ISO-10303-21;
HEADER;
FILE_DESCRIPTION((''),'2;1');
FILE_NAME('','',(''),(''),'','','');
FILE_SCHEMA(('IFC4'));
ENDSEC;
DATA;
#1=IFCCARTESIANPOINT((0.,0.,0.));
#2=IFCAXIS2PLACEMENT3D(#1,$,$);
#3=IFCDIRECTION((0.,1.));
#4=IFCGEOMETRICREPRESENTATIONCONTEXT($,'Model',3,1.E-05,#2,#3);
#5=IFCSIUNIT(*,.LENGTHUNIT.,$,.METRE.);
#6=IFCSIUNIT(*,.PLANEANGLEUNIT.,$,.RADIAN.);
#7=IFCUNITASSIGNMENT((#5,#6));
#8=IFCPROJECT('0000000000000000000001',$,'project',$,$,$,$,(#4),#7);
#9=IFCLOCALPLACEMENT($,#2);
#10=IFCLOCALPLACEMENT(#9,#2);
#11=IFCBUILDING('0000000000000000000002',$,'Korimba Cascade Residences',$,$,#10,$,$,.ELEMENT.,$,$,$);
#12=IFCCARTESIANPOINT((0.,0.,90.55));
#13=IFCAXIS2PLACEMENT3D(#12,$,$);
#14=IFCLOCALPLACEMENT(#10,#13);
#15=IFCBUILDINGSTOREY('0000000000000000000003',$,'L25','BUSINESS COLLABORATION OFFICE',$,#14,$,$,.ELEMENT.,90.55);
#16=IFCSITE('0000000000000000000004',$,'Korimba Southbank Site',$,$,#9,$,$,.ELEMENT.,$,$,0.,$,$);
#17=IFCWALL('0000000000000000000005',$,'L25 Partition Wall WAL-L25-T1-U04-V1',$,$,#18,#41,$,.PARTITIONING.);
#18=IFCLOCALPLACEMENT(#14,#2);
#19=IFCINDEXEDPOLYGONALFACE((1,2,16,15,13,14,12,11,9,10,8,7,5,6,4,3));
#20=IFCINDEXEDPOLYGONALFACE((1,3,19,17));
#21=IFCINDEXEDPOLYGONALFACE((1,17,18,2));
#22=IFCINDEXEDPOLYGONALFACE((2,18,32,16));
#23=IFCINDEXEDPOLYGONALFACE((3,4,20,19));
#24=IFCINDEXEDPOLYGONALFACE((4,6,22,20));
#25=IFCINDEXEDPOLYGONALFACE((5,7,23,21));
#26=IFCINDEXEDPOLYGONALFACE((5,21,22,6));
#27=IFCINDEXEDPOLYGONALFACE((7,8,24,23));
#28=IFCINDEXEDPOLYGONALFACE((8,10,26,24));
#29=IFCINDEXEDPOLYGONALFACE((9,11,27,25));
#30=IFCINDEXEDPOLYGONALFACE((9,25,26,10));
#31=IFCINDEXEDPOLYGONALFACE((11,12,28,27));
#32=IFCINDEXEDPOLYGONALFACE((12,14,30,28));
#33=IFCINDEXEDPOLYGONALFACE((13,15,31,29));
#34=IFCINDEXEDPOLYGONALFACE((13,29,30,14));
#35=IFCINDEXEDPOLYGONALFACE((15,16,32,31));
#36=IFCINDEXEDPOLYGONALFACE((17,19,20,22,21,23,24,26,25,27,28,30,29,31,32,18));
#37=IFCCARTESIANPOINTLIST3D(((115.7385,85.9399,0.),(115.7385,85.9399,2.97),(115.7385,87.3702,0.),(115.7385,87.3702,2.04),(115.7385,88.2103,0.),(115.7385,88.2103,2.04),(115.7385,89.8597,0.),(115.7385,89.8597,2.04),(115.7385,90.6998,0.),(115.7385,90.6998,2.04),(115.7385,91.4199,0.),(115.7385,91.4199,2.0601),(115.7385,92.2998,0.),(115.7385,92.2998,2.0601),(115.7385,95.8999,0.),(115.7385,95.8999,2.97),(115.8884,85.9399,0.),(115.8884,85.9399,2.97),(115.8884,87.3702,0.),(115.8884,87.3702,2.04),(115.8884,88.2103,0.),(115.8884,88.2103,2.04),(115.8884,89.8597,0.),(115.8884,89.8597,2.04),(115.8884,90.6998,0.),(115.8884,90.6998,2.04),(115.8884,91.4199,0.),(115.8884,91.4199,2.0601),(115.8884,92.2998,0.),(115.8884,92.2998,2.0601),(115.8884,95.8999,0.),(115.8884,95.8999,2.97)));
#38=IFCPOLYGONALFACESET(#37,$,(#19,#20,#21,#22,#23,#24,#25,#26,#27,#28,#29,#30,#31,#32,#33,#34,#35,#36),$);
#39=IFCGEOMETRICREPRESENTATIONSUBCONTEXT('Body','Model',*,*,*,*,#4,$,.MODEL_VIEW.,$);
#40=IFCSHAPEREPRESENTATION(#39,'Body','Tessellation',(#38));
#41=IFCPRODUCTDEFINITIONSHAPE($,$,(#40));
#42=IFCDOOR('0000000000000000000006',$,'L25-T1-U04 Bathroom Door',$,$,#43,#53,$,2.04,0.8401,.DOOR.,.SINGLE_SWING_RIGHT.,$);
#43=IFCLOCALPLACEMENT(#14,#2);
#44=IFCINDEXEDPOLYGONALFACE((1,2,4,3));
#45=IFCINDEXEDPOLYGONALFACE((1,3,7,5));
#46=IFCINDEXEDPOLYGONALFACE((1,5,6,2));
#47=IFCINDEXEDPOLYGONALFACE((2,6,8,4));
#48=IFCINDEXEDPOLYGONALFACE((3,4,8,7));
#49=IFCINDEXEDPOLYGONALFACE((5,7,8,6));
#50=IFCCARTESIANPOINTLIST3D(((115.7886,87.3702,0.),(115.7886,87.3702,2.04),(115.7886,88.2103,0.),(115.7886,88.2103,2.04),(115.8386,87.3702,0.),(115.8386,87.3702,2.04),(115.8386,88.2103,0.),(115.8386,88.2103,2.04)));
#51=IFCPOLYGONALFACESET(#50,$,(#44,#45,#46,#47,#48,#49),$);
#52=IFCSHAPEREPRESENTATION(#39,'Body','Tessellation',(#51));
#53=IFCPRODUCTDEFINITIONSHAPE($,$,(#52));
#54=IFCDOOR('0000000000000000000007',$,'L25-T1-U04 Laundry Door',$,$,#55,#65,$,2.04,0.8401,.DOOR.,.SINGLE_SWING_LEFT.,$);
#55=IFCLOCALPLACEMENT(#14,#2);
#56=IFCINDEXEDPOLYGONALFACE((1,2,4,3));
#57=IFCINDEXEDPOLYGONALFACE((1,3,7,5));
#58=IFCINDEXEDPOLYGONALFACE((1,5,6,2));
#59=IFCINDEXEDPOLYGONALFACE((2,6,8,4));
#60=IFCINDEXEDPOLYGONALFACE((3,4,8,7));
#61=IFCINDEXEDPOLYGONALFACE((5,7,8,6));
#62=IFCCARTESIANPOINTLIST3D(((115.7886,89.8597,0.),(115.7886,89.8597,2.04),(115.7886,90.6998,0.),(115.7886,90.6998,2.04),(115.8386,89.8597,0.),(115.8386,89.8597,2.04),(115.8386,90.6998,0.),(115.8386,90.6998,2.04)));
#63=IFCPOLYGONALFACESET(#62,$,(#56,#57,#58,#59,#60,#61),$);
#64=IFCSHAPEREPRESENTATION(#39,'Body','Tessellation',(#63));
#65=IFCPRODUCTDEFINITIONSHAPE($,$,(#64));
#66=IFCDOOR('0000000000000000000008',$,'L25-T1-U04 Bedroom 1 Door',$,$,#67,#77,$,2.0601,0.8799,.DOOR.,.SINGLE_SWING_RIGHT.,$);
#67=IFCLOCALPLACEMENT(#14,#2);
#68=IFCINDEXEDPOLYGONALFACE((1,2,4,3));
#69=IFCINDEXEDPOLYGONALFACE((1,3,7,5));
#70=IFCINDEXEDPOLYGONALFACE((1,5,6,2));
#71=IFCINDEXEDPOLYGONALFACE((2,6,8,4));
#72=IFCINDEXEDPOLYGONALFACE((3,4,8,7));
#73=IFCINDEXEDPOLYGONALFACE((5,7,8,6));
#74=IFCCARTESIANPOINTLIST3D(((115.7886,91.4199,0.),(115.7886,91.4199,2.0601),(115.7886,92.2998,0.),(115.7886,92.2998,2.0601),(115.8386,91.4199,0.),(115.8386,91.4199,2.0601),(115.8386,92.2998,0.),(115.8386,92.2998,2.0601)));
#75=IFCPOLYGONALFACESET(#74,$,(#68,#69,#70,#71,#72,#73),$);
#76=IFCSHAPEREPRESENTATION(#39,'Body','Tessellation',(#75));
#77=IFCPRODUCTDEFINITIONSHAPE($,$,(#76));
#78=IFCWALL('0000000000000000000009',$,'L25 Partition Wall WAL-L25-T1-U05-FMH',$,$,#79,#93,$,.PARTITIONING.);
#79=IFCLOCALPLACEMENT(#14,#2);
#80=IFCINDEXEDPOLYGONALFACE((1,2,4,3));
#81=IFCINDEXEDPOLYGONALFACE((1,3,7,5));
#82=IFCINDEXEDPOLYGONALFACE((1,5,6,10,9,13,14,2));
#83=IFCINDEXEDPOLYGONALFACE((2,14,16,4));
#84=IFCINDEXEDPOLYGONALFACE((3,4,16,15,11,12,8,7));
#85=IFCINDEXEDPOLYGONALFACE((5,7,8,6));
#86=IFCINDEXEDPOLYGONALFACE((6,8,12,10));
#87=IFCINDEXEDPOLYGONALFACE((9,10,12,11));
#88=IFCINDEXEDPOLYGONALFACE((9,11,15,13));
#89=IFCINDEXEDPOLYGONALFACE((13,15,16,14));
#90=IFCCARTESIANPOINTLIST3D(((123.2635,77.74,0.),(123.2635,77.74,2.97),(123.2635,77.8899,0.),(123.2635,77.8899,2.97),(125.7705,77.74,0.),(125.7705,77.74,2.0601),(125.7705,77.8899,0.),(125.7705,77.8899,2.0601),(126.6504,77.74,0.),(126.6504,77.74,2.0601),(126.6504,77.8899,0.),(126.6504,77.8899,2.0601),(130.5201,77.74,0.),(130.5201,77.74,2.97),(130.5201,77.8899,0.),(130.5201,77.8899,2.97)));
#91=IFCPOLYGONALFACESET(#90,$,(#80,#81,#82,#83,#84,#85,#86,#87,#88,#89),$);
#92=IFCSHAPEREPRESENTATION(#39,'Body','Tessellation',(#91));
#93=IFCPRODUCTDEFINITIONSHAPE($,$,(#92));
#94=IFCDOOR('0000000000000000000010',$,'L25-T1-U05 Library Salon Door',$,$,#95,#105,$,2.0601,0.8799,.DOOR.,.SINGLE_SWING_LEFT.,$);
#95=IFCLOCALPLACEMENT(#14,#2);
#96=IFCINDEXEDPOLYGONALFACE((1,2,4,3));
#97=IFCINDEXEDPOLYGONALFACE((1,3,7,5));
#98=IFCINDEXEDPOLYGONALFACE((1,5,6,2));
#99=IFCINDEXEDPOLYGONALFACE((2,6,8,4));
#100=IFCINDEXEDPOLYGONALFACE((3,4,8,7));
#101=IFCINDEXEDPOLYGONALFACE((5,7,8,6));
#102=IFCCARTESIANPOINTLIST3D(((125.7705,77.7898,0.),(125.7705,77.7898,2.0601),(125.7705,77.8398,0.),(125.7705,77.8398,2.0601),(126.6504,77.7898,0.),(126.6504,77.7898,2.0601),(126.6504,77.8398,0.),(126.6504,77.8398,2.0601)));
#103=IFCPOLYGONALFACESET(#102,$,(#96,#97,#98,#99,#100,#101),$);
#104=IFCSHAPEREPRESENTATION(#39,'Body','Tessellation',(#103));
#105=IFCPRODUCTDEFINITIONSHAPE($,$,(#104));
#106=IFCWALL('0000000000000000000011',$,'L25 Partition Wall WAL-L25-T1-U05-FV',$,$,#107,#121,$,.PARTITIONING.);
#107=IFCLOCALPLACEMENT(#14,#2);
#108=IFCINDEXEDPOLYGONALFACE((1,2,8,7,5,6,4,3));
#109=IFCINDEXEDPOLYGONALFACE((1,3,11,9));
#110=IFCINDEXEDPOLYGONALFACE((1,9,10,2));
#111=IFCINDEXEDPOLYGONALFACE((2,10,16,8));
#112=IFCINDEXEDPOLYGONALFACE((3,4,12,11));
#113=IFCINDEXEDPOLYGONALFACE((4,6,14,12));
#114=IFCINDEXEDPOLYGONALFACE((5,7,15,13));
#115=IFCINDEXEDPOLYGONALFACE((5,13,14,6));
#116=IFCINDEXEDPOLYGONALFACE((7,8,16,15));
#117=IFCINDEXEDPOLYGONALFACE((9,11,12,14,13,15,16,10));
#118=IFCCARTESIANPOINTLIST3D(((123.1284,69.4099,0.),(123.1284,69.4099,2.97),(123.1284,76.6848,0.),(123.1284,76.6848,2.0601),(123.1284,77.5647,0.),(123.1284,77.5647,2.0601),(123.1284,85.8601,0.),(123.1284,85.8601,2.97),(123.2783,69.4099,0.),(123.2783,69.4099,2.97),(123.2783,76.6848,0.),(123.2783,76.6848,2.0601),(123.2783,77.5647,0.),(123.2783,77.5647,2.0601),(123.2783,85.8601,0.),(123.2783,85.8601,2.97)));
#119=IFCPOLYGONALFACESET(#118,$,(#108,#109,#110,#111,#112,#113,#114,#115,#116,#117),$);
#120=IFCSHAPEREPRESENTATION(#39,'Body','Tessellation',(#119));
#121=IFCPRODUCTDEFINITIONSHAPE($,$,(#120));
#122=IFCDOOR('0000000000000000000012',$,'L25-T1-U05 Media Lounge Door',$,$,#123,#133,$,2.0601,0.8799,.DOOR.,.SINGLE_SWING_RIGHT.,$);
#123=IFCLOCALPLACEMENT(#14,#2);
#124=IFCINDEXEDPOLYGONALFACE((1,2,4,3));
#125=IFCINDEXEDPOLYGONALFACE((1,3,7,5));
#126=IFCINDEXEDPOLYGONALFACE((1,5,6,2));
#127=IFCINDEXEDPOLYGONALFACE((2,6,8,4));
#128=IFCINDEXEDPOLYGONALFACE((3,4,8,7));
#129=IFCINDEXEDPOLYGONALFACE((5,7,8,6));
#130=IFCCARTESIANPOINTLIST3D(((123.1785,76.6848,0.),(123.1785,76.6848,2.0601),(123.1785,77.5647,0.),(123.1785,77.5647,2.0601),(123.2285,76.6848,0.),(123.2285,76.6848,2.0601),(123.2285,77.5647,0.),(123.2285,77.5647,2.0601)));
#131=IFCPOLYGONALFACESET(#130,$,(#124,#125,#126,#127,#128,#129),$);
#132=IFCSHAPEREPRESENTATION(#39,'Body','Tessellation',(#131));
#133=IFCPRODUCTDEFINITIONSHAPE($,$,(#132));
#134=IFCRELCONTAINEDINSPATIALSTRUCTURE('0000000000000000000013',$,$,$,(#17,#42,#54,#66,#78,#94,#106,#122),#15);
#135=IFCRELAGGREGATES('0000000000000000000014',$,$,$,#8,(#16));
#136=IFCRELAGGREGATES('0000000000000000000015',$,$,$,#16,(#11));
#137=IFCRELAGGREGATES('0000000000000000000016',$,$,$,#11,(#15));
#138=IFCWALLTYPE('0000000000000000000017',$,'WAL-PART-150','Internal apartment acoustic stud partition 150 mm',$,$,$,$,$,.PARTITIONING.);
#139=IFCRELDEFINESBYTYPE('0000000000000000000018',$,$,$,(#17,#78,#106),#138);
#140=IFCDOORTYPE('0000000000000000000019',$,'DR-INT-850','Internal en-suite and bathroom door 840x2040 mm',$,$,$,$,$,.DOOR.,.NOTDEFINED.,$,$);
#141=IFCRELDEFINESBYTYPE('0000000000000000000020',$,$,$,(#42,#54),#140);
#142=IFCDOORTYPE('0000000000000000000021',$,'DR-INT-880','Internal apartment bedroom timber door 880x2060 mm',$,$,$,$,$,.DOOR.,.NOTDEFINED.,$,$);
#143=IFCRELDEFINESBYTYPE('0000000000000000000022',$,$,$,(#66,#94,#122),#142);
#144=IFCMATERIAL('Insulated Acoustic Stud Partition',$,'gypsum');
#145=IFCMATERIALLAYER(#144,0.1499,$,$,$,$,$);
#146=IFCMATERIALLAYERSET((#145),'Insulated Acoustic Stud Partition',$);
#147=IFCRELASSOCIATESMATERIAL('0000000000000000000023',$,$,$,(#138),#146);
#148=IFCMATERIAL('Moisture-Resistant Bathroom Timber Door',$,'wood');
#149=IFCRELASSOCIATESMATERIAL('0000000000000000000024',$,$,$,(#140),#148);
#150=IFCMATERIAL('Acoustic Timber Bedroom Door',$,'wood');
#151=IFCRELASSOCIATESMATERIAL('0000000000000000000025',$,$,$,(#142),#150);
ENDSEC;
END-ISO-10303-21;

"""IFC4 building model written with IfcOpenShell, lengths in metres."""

from ifc_helpers import new_model, si_unit, direction, frame, frame_2d, origin, place, context, subcontext, project, spatial, rectangle, extrude, material, layer, layer_set, type_object, element, fill, save


model = new_model("IFC4")

# Units and contexts
model_context = context("Model", 3, precision=1e-05, world=origin(), true_north=direction((0.0, 1.0)))
body_context = subcontext(model_context, "Body", "Model", "MODEL_VIEW")
ifc_project = project(units=[si_unit("LENGTHUNIT", "METRE"), si_unit("PLANEANGLEUNIT", "RADIAN")], contexts=[model_context])

# Site, building, storey
site_placement = place(None, origin())
site = spatial("IfcSite", under=ifc_project, at=site_placement, Name="Korimba Southbank Site", CompositionType="ELEMENT", RefElevation=0.0)
building_placement = place(site_placement, origin())
building = spatial("IfcBuilding", under=site, at=building_placement, Name="Korimba Cascade Residences", CompositionType="ELEMENT")
storey_placement = place(building_placement, frame((0.0, 0.0, 90.55)))
storey = spatial("IfcBuildingStorey", under=building, at=storey_placement, Name="L25", Description="BUSINESS COLLABORATION OFFICE", CompositionType="ELEMENT", Elevation=90.55)

# Wall, openings, doors
ifc_material_1 = material(Name="Insulated Acoustic Stud Partition", Category="gypsum")
ifc_layer_1 = layer(ifc_material_1, 0.1499)
ifc_layer_set_1 = layer_set([ifc_layer_1], Name="Insulated Acoustic Stud Partition")
wall_type_1 = type_object("IfcWallType", Name="WAL-PART-150", Description="Internal apartment acoustic stud partition 150 mm", PredefinedType="PARTITIONING", material=ifc_layer_set_1)
wall_1_placement = place(storey_placement, frame((115.8135, 85.9399, 0.0), z_axis=(0.0, 0.0, 1.0), x_axis=(0.0, 1.0, 0.0)))
wall_1 = element("IfcWall", 1, at=wall_1_placement, inside=storey, type_object=wall_type_1, Name="L25 Partition Wall WAL-L25-T1-U04-V1", PredefinedType="PARTITIONING", context=body_context, shape_type="SweptSolid", body=[
    extrude(rectangle(XDim=9.96, YDim=0.1499, at=frame_2d((4.98, 0.0))), origin(), (0.0, 0.0, 1.0), 2.97),
])
opening_1_placement = place(wall_1_placement, frame((1.4304, 0.0, 0.0)))
opening_1 = element("IfcOpeningElement", 2, at=opening_1_placement, cuts=wall_1, PredefinedType="OPENING", context=body_context, shape_type="SweptSolid", body=[
    extrude(rectangle(XDim=0.8401, YDim=2.04, at=frame_2d((0.4199, 1.02))), frame((0.0, 0.085, 0.0), z_axis=(0.0, -1.0, 0.0), x_axis=(1.0, 0.0, 0.0)), (0.0, 0.0, 1.0), 0.1699),
])
opening_2_placement = place(wall_1_placement, frame((3.9199, 0.0, 0.0)))
opening_2 = element("IfcOpeningElement", 3, at=opening_2_placement, cuts=wall_1, PredefinedType="OPENING", context=body_context, shape_type="SweptSolid", body=[
    extrude(rectangle(XDim=0.8401, YDim=2.04, at=frame_2d((0.4199, 1.02))), frame((0.0, 0.085, 0.0), z_axis=(0.0, -1.0, 0.0), x_axis=(1.0, 0.0, 0.0)), (0.0, 0.0, 1.0), 0.1699),
])
opening_3_placement = place(wall_1_placement, frame((5.48, 0.0, 0.0)))
opening_3 = element("IfcOpeningElement", 4, at=opening_3_placement, cuts=wall_1, PredefinedType="OPENING", context=body_context, shape_type="SweptSolid", body=[
    extrude(rectangle(XDim=0.8799, YDim=2.0601, at=frame_2d((0.4399, 1.03))), frame((0.0, 0.085, 0.0), z_axis=(0.0, -1.0, 0.0), x_axis=(1.0, 0.0, 0.0)), (0.0, 0.0, 1.0), 0.1699),
])
ifc_material_2 = material(Name="Moisture-Resistant Bathroom Timber Door", Category="wood")
door_type_1 = type_object("IfcDoorType", Name="DR-INT-850", Description="Internal en-suite and bathroom door 840x2040 mm", OperationType="NOTDEFINED", PredefinedType="DOOR", material=ifc_material_2)
door_1_placement = place(opening_1_placement, origin())
door_1 = element("IfcDoor", 5, at=door_1_placement, inside=storey, type_object=door_type_1, Name="L25-T1-U04 Bathroom Door", OperationType="SINGLE_SWING_RIGHT", OverallHeight=2.04, OverallWidth=0.8401, PredefinedType="DOOR", context=body_context, shape_type="SweptSolid", body=[
    extrude(rectangle(XDim=0.8401, YDim=2.04, at=frame_2d((0.4199, 1.02))), frame((0.0, 0.0249, 0.0), z_axis=(0.0, -1.0, 0.0), x_axis=(1.0, 0.0, 0.0)), (0.0, 0.0, 1.0), 0.05),
])
fill(opening_1, door_1)
door_2_placement = place(opening_2_placement, origin())
door_2 = element("IfcDoor", 6, at=door_2_placement, inside=storey, type_object=door_type_1, Name="L25-T1-U04 Laundry Door", OperationType="SINGLE_SWING_LEFT", OverallHeight=2.04, OverallWidth=0.8401, PredefinedType="DOOR", context=body_context, shape_type="SweptSolid", body=[
    extrude(rectangle(XDim=0.8401, YDim=2.04, at=frame_2d((0.4199, 1.02))), frame((0.0, 0.0249, 0.0), z_axis=(0.0, -1.0, 0.0), x_axis=(1.0, 0.0, 0.0)), (0.0, 0.0, 1.0), 0.05),
])
fill(opening_2, door_2)
ifc_material_3 = material(Name="Acoustic Timber Bedroom Door", Category="wood")
door_type_2 = type_object("IfcDoorType", Name="DR-INT-880", Description="Internal apartment bedroom timber door 880x2060 mm", OperationType="NOTDEFINED", PredefinedType="DOOR", material=ifc_material_3)
door_3_placement = place(opening_3_placement, origin())
door_3 = element("IfcDoor", 7, at=door_3_placement, inside=storey, type_object=door_type_2, Name="L25-T1-U04 Bedroom 1 Door", OperationType="SINGLE_SWING_RIGHT", OverallHeight=2.0601, OverallWidth=0.8799, PredefinedType="DOOR", context=body_context, shape_type="SweptSolid", body=[
    extrude(rectangle(XDim=0.8799, YDim=2.0601, at=frame_2d((0.4399, 1.03))), frame((0.0, 0.0249, 0.0), z_axis=(0.0, -1.0, 0.0), x_axis=(1.0, 0.0, 0.0)), (0.0, 0.0, 1.0), 0.05),
])
fill(opening_3, door_3)

# Walls, openings, doors
wall_2_placement = place(storey_placement, frame((123.2634, 77.8149, 0.0), z_axis=(0.0, 0.0, 1.0), x_axis=(1.0, 0.0, 0.0)))
wall_2 = element("IfcWall", 8, at=wall_2_placement, inside=storey, type_object=wall_type_1, Name="L25 Partition Wall WAL-L25-T1-U05-FMH", PredefinedType="PARTITIONING", context=body_context, shape_type="SweptSolid", body=[
    extrude(rectangle(XDim=7.2566, YDim=0.1499, at=frame_2d((3.6284, 0.0))), origin(), (0.0, 0.0, 1.0), 2.97),
])
opening_4_placement = place(wall_2_placement, frame((2.5071, 0.0, 0.0)))
opening_4 = element("IfcOpeningElement", 9, at=opening_4_placement, cuts=wall_2, PredefinedType="OPENING", context=body_context, shape_type="SweptSolid", body=[
    extrude(rectangle(XDim=0.8799, YDim=2.0601, at=frame_2d((0.4399, 1.03))), frame((0.0, 0.085, 0.0), z_axis=(0.0, -1.0, 0.0), x_axis=(1.0, 0.0, 0.0)), (0.0, 0.0, 1.0), 0.1699),
])
door_4_placement = place(opening_4_placement, origin())
door_4 = element("IfcDoor", 10, at=door_4_placement, inside=storey, type_object=door_type_2, Name="L25-T1-U05 Library Salon Door", OperationType="SINGLE_SWING_LEFT", OverallHeight=2.0601, OverallWidth=0.8799, PredefinedType="DOOR", context=body_context, shape_type="SweptSolid", body=[
    extrude(rectangle(XDim=0.8799, YDim=2.0601, at=frame_2d((0.4399, 1.03))), frame((0.0, 0.0249, 0.0), z_axis=(0.0, -1.0, 0.0), x_axis=(1.0, 0.0, 0.0)), (0.0, 0.0, 1.0), 0.05),
])
fill(opening_4, door_4)
wall_3_placement = place(storey_placement, frame((123.2034, 69.4099, 0.0), z_axis=(0.0, 0.0, 1.0), x_axis=(0.0, 1.0, 0.0)))
wall_3 = element("IfcWall", 11, at=wall_3_placement, inside=storey, type_object=wall_type_1, Name="L25 Partition Wall WAL-L25-T1-U05-FV", PredefinedType="PARTITIONING", context=body_context, shape_type="SweptSolid", body=[
    extrude(rectangle(XDim=16.4502, YDim=0.1499, at=frame_2d((8.2251, 0.0))), origin(), (0.0, 0.0, 1.0), 2.97),
])
opening_5_placement = place(wall_3_placement, frame((7.2749, 0.0, 0.0)))
opening_5 = element("IfcOpeningElement", 12, at=opening_5_placement, cuts=wall_3, PredefinedType="OPENING", context=body_context, shape_type="SweptSolid", body=[
    extrude(rectangle(XDim=0.8799, YDim=2.0601, at=frame_2d((0.4399, 1.03))), frame((0.0, 0.085, 0.0), z_axis=(0.0, -1.0, 0.0), x_axis=(1.0, 0.0, 0.0)), (0.0, 0.0, 1.0), 0.1699),
])
door_5_placement = place(opening_5_placement, origin())
door_5 = element("IfcDoor", 13, at=door_5_placement, inside=storey, type_object=door_type_2, Name="L25-T1-U05 Media Lounge Door", OperationType="SINGLE_SWING_RIGHT", OverallHeight=2.0601, OverallWidth=0.8799, PredefinedType="DOOR", context=body_context, shape_type="SweptSolid", body=[
    extrude(rectangle(XDim=0.8799, YDim=2.0601, at=frame_2d((0.4399, 1.03))), frame((0.0, 0.0249, 0.0), z_axis=(0.0, -1.0, 0.0), x_axis=(1.0, 0.0, 0.0)), (0.0, 0.0, 1.0), 0.05),
])
fill(opening_5, door_5)

save(model, "model.ifc")
